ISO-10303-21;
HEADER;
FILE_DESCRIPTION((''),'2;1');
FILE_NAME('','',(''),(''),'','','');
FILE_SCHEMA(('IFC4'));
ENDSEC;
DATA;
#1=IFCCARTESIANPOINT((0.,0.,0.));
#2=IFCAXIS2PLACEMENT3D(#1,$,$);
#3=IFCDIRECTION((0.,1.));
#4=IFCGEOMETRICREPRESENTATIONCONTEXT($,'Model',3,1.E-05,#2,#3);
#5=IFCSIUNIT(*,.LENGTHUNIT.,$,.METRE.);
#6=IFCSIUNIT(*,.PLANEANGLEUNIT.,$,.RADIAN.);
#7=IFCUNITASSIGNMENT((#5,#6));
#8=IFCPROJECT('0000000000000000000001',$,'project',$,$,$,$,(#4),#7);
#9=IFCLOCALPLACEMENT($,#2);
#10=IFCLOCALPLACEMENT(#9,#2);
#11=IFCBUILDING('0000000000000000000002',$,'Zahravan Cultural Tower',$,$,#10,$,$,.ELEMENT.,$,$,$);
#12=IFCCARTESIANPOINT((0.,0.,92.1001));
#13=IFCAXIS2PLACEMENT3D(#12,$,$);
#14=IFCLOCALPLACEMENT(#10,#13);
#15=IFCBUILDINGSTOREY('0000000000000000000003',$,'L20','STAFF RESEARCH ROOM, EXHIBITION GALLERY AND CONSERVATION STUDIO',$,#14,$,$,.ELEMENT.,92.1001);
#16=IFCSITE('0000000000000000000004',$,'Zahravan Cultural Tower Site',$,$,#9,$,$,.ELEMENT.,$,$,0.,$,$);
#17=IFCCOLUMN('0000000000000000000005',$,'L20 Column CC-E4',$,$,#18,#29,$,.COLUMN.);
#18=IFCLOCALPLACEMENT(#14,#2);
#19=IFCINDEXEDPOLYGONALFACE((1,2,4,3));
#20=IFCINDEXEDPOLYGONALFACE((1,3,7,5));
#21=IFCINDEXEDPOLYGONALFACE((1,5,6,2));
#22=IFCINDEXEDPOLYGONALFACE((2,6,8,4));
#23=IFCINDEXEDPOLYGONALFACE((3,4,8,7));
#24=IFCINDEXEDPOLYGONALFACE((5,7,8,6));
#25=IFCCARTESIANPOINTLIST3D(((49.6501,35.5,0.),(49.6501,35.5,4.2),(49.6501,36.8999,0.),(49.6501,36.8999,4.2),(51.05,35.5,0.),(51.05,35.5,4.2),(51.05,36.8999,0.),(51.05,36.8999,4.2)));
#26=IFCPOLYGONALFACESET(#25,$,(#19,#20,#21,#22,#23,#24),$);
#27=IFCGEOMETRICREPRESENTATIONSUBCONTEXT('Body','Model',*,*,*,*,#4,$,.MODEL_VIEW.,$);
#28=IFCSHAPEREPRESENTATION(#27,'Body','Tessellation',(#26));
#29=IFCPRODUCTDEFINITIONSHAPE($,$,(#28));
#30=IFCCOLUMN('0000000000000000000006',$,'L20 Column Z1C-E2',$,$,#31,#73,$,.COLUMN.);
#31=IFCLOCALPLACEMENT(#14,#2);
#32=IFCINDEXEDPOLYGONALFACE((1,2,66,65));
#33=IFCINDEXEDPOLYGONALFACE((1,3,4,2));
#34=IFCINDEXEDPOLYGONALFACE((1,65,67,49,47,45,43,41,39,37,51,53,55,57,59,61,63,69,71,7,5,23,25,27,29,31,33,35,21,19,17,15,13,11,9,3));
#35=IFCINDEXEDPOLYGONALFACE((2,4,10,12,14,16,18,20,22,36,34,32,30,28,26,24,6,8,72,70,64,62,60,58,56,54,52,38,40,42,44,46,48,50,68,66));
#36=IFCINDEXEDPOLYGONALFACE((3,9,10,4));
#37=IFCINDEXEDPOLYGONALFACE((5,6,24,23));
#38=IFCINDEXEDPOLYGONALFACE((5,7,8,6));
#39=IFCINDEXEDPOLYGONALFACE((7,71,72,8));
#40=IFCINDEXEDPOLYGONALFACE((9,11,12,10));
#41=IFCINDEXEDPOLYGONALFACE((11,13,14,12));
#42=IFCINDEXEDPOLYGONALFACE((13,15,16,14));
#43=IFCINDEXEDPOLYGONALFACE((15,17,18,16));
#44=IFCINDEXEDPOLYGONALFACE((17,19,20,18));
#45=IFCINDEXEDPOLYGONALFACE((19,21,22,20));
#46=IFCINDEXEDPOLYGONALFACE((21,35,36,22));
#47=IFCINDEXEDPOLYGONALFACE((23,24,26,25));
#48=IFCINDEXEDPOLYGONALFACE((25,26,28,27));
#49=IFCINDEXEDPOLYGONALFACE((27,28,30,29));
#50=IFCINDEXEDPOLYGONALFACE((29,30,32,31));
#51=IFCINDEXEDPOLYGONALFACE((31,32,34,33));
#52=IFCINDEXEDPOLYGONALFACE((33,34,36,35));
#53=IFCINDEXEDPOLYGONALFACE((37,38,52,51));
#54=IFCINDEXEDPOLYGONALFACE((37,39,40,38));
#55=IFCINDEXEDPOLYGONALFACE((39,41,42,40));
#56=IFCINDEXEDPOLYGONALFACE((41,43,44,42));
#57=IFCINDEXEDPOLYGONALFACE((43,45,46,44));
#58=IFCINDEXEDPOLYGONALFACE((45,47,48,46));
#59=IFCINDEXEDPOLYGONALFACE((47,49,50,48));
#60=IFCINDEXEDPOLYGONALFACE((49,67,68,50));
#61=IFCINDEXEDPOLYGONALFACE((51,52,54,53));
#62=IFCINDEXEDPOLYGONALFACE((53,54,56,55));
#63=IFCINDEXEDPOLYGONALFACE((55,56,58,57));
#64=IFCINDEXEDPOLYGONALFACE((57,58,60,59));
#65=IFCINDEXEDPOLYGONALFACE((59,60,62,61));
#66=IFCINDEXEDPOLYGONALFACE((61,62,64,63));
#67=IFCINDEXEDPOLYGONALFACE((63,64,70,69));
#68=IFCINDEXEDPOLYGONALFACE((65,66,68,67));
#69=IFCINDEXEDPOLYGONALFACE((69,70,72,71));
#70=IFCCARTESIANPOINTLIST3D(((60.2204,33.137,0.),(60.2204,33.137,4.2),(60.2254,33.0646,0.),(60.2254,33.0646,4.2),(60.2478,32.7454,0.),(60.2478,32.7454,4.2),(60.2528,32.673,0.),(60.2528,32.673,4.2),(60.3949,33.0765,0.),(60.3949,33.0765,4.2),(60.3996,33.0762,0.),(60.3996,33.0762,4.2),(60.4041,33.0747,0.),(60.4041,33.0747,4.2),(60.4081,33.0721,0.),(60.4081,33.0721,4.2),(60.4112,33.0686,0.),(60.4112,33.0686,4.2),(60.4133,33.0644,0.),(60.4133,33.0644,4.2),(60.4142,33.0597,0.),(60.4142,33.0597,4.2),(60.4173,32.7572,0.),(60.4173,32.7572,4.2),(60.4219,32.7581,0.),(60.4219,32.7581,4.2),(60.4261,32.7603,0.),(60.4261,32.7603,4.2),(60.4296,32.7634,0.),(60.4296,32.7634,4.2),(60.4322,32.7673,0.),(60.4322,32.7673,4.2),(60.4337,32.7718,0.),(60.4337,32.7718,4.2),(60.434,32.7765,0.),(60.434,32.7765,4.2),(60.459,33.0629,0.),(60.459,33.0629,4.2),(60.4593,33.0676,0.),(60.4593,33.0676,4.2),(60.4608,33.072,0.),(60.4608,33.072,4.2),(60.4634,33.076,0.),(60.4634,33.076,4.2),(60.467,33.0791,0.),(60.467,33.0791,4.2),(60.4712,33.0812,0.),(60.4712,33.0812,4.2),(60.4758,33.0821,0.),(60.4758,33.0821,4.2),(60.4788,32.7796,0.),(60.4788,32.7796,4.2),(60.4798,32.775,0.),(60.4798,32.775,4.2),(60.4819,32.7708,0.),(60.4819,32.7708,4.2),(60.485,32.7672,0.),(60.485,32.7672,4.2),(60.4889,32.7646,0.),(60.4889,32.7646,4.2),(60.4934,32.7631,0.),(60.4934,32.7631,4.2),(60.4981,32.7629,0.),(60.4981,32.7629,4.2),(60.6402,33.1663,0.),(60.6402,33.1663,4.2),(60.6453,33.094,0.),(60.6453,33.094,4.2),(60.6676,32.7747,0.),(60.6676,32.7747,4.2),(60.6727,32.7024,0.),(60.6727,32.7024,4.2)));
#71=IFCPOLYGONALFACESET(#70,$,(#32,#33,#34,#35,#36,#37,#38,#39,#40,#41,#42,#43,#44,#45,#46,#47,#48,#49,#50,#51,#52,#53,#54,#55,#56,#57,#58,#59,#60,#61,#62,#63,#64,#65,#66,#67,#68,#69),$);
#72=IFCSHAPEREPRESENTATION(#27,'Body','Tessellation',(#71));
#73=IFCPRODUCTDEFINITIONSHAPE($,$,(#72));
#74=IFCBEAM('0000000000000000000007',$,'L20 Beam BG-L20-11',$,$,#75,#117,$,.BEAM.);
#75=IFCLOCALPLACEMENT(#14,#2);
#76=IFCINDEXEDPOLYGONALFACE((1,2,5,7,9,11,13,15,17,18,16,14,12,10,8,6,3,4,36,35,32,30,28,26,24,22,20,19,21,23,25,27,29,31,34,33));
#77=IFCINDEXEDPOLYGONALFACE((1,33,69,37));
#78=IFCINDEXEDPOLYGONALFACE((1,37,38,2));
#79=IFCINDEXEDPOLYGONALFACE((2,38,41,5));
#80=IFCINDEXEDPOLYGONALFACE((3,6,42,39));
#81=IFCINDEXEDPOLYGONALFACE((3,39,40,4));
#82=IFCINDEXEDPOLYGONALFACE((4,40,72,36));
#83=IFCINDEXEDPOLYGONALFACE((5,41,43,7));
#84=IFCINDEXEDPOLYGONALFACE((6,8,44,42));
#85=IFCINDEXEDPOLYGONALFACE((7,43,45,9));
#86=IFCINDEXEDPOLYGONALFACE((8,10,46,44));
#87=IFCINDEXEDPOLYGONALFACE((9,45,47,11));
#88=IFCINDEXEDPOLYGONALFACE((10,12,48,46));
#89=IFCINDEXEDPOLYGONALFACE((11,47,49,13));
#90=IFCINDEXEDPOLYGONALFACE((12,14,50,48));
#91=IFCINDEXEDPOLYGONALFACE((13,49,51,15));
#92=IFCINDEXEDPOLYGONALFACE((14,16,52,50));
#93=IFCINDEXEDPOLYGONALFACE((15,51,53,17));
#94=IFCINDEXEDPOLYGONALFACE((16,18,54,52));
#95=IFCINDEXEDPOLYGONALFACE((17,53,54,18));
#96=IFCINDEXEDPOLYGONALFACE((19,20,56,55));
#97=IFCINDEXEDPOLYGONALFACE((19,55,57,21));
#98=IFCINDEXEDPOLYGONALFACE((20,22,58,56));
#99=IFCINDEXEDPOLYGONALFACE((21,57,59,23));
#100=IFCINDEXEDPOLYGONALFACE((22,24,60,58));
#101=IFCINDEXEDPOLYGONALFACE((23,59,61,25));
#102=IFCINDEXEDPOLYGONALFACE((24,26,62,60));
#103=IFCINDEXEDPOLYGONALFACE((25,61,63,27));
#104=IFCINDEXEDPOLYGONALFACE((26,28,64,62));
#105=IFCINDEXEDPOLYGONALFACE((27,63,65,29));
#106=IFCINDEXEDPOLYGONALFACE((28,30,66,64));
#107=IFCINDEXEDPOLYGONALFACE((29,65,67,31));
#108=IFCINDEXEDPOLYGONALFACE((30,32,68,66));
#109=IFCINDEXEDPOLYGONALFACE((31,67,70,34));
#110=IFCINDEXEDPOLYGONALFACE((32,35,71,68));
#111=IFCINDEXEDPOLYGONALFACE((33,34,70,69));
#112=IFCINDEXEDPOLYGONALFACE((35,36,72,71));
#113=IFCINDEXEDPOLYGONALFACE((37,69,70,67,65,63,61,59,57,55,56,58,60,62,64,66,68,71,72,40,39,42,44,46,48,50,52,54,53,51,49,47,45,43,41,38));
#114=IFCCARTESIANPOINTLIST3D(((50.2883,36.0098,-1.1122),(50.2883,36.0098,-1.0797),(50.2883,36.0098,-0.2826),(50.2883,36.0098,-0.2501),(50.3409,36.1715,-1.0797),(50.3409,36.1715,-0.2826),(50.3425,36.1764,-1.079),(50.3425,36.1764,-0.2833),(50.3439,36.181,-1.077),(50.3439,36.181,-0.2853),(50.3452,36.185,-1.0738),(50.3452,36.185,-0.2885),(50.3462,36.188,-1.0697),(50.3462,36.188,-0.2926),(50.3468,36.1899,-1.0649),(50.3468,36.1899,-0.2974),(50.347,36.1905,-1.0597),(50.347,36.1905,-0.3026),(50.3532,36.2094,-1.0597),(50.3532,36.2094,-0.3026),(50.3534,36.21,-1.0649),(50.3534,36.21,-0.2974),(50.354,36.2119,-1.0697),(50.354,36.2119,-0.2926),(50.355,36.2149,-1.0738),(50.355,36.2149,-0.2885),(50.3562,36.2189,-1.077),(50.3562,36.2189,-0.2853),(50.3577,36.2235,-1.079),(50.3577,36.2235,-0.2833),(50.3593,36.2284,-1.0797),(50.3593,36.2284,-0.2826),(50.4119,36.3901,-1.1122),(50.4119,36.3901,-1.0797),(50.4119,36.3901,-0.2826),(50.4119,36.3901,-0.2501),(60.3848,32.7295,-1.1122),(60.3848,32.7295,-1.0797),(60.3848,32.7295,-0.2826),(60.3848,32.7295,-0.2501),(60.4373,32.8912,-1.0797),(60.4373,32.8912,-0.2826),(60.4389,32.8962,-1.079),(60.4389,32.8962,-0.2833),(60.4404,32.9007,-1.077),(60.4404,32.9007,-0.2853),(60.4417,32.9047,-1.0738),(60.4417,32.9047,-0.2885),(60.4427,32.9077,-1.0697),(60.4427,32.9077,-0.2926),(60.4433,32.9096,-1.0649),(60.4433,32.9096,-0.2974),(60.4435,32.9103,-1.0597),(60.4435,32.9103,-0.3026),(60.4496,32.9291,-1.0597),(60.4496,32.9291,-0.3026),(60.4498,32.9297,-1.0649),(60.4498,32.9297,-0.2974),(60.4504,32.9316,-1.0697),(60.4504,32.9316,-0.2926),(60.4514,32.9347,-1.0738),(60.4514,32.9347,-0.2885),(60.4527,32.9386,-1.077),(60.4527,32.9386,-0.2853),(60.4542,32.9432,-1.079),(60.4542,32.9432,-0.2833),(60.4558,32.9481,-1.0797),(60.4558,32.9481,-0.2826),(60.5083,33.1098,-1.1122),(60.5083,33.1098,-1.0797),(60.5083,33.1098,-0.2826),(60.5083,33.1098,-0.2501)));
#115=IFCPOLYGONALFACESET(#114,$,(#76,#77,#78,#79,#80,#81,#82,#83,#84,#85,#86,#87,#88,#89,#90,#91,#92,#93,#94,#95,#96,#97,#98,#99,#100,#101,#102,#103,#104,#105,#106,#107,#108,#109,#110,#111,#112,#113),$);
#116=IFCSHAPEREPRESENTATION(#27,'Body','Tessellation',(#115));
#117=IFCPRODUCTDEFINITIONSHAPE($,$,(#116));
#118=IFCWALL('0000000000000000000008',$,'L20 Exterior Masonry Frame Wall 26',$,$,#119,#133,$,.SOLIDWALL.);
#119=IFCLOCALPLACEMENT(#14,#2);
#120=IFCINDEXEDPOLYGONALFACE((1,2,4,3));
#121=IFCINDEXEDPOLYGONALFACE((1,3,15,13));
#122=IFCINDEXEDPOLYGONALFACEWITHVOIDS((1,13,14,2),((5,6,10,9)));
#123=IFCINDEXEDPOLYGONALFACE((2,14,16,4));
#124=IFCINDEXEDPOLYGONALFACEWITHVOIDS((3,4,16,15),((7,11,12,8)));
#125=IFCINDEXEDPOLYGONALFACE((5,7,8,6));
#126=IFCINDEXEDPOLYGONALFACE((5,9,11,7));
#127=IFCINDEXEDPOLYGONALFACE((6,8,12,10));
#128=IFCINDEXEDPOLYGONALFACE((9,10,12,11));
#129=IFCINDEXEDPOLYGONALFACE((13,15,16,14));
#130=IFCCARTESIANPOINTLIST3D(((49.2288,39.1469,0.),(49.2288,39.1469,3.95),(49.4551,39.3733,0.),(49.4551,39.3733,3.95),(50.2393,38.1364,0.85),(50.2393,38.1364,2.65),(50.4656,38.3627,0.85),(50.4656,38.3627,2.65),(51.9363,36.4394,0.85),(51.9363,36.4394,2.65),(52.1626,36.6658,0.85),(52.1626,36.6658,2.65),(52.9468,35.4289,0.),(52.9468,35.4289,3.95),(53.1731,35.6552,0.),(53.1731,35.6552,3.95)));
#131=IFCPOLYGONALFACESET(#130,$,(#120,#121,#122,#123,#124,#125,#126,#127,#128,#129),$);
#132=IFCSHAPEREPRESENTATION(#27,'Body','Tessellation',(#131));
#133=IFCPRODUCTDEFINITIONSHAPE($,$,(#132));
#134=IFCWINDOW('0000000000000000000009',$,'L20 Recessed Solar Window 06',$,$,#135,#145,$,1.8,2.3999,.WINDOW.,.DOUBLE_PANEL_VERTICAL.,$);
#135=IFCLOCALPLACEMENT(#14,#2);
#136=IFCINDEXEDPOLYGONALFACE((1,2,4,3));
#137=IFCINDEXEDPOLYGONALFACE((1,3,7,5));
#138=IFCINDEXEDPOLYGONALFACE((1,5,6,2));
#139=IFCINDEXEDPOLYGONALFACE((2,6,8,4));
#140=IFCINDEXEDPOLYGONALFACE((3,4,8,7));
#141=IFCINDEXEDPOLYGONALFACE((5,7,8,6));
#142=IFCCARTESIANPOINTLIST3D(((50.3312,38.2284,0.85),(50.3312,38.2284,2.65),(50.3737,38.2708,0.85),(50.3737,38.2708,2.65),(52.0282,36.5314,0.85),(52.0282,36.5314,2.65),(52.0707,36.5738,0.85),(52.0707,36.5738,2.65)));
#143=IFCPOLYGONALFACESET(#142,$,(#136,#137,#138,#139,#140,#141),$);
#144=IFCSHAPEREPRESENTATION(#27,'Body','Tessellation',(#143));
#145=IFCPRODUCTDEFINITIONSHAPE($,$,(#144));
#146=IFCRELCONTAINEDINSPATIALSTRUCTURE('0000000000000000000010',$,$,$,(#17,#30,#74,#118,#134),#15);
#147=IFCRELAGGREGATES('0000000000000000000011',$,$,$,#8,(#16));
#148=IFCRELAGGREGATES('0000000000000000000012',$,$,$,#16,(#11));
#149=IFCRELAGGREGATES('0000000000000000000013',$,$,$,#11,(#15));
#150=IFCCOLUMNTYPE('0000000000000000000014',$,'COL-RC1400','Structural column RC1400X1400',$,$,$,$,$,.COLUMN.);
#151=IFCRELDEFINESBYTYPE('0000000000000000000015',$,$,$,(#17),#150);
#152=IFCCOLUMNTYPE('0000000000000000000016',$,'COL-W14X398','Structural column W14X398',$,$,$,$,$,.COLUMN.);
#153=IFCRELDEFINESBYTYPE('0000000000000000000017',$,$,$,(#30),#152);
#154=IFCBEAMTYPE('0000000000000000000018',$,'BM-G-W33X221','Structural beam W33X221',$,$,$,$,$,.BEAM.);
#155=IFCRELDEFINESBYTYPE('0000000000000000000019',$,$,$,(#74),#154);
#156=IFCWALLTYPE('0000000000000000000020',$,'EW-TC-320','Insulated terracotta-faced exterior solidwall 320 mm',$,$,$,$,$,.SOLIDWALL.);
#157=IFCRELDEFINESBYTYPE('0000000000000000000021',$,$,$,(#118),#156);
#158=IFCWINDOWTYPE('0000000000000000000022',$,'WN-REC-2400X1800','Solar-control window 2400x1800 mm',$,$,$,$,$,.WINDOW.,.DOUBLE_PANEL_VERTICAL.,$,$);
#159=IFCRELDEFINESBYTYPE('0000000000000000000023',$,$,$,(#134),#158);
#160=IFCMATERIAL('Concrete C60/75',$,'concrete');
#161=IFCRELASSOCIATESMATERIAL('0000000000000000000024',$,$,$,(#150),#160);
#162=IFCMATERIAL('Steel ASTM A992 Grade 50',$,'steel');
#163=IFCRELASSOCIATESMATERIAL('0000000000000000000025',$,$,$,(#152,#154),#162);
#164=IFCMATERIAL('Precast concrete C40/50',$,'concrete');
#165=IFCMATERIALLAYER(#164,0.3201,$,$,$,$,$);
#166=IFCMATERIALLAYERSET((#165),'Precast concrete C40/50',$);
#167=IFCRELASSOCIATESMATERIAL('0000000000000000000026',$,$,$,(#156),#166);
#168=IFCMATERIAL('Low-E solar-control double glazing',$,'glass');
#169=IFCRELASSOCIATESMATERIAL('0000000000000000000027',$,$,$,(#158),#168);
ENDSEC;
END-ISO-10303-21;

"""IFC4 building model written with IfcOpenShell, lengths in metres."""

from ifc_helpers import new_model, si_unit, direction, frame, frame_2d, origin, origin_2d, place, context, subcontext, project, spatial, rectangle, i_section, extrude, source, transform, mapped, material, layer, layer_set, material_profile, profile_set, type_object, element, fill, save


model = new_model("IFC4")

# Units and contexts
model_context = context("Model", 3, precision=1e-05, world=origin(), true_north=direction((0.0, 1.0)))
body_context = subcontext(model_context, "Body", "Model", "MODEL_VIEW")
ifc_project = project(units=[si_unit("LENGTHUNIT", "METRE"), si_unit("PLANEANGLEUNIT", "RADIAN")], contexts=[model_context])

# Site, building, storey
site_placement = place(None, origin())
site = spatial("IfcSite", under=ifc_project, at=site_placement, Name="Zahravan Cultural Tower Site", CompositionType="ELEMENT", RefElevation=0.0)
building_placement = place(site_placement, origin())
building = spatial("IfcBuilding", under=site, at=building_placement, Name="Zahravan Cultural Tower", CompositionType="ELEMENT")
storey_placement = place(building_placement, frame((0.0, 0.0, 92.1001)))
storey = spatial("IfcBuildingStorey", under=building, at=storey_placement, Name="L20", Description="STAFF RESEARCH ROOM, EXHIBITION GALLERY AND CONSERVATION STUDIO", CompositionType="ELEMENT", Elevation=92.1001)

# Columns
ifc_material_1 = material(Name="Concrete C60/75", Category="concrete")
ifc_material_profile_1 = material_profile(ifc_material_1, rectangle(XDim=1.3999, YDim=1.3999, at=origin_2d()), Name="RC1400X1400")
ifc_profile_set_1 = profile_set([ifc_material_profile_1], Name="Concrete C60/75")
column_type_1 = type_object("IfcColumnType", Name="COL-RC1400", Description="Structural column RC1400X1400", PredefinedType="COLUMN", material=ifc_profile_set_1)
shared_shape_1 = source(origin(), body_context, "Body", "SweptSolid", [
    extrude(rectangle(XDim=1.3999, YDim=1.3999, at=origin_2d()), origin(), (0.0, 0.0, 1.0), 4.2),
])
column_1_placement = place(storey_placement, frame((50.3501, 36.2, 0.0), z_axis=(0.0, 0.0, 1.0), x_axis=(1.0, 0.0, 0.0)))
element("IfcColumn", 1, at=column_1_placement, inside=storey, type_object=column_type_1, Name="L20 Column CC-E4", PredefinedType="COLUMN", context=body_context, shape_type="MappedRepresentation", body=[
    mapped(shared_shape_1, transform((0.0, 0.0, 0.0), x_axis=(1.0, 0.0, 0.0), y_axis=(0.0, 1.0, 0.0), z_axis=(0.0, 0.0, 1.0), scale=1.0)),
])
ifc_material_2 = material(Name="Steel ASTM A992 Grade 50", Category="steel")
ifc_material_profile_2 = material_profile(ifc_material_2, i_section(OverallWidth=0.4209, OverallDepth=0.4651, WebThickness=0.0449, FlangeThickness=0.0725, FilletRadius=0.0181, at=origin_2d()), Name="W14X398")
ifc_profile_set_2 = profile_set([ifc_material_profile_2], Name="Steel ASTM A992 Grade 50")
column_type_2 = type_object("IfcColumnType", Name="COL-W14X398", Description="Structural column W14X398", PredefinedType="COLUMN", material=ifc_profile_set_2)
shared_shape_2 = source(origin(), body_context, "Body", "SweptSolid", [
    extrude(i_section(OverallWidth=0.4209, OverallDepth=0.4651, WebThickness=0.0449, FlangeThickness=0.0725, FilletRadius=0.0181, at=origin_2d()), origin(), (0.0, 0.0, 1.0), 4.2),
])
column_2_placement = place(storey_placement, frame((60.4465, 32.9197, 0.0), z_axis=(0.0, 0.0, 1.0), x_axis=(0.997564, 0.069756, 0.0)))
element("IfcColumn", 2, at=column_2_placement, inside=storey, type_object=column_type_2, Name="L20 Column Z1C-E2", PredefinedType="COLUMN", context=body_context, shape_type="MappedRepresentation", body=[
    mapped(shared_shape_2, transform((0.0, 0.0, 0.0), x_axis=(1.0, 0.0, 0.0), y_axis=(0.0, 1.0, 0.0), z_axis=(0.0, 0.0, 1.0), scale=1.0)),
])

# Beam
ifc_material_profile_3 = material_profile(ifc_material_2, i_section(OverallWidth=0.3999, OverallDepth=0.8621, WebThickness=0.0198, FlangeThickness=0.0325, FilletRadius=0.02, at=origin_2d()), Name="W33X221")
ifc_profile_set_3 = profile_set([ifc_material_profile_3], Name="Steel ASTM A992 Grade 50")
beam_type = type_object("IfcBeamType", Name="BM-G-W33X221", Description="Structural beam W33X221", PredefinedType="BEAM", material=ifc_profile_set_3)
shared_shape_3 = source(origin(), body_context, "Body", "SweptSolid", [
    extrude(i_section(OverallWidth=0.3999, OverallDepth=0.8621, WebThickness=0.0198, FlangeThickness=0.0325, FilletRadius=0.02, at=origin_2d()), origin(), (0.0, 0.0, 1.0), 10.616),
])
beam_placement = place(storey_placement, frame((50.3501, 36.2, -0.6812), z_axis=(0.951064, -0.308995, 0.0), x_axis=(0.308995, 0.951064, 0.0)))
element("IfcBeam", 3, at=beam_placement, inside=storey, type_object=beam_type, Name="L20 Beam BG-L20-11", PredefinedType="BEAM", context=body_context, shape_type="MappedRepresentation", body=[
    mapped(shared_shape_3, transform((0.0, 0.0, 0.0), x_axis=(1.0, 0.0, 0.0), y_axis=(0.0, 1.0, 0.0), z_axis=(0.0, 0.0, 1.0), scale=1.0)),
])

# Wall, opening, window
ifc_material_3 = material(Name="Precast concrete C40/50", Category="concrete")
ifc_layer_1 = layer(ifc_material_3, 0.3201)
ifc_layer_set_1 = layer_set([ifc_layer_1], Name="Precast concrete C40/50")
wall_type_1 = type_object("IfcWallType", Name="EW-TC-320", Description="Insulated terracotta-faced exterior solidwall 320 mm", PredefinedType="SOLIDWALL", material=ifc_layer_set_1)
wall_1_placement = place(storey_placement, frame((49.342, 39.26, 0.0), z_axis=(0.0, 0.0, 1.0), x_axis=(0.707107, -0.707107, 0.0)))
wall_1 = element("IfcWall", 4, at=wall_1_placement, inside=storey, type_object=wall_type_1, Name="L20 Exterior Masonry Frame Wall 26", PredefinedType="SOLIDWALL", context=body_context, shape_type="SweptSolid", body=[
    extrude(rectangle(XDim=5.2581, YDim=0.3201, at=frame_2d((2.6289, 0.0))), origin(), (0.0, 0.0, 1.0), 3.95),
])
opening_1_placement = place(wall_1_placement, frame((1.429, 0.0, 0.8501)))
opening_1 = element("IfcOpeningElement", 5, at=opening_1_placement, cuts=wall_1, PredefinedType="OPENING", context=body_context, shape_type="SweptSolid", body=[
    extrude(rectangle(XDim=2.3999, YDim=1.8, at=frame_2d((1.2, 0.8999))), frame((0.0, 0.1699, 0.0), z_axis=(0.0, -1.0, 0.0), x_axis=(1.0, 0.0, 0.0)), (0.0, 0.0, 1.0), 0.3401),
])
ifc_material_4 = material(Name="Low-E solar-control double glazing", Category="glass")
window_type = type_object("IfcWindowType", Name="WN-REC-2400X1800", Description="Solar-control window 2400x1800 mm", PartitioningType="DOUBLE_PANEL_VERTICAL", PredefinedType="WINDOW", material=ifc_material_4)
shared_shape_4 = source(origin(), body_context, "Body", "SweptSolid", [
    extrude(rectangle(XDim=2.3999, YDim=1.8, at=frame_2d((1.2, 0.8999))), frame((0.0, 0.03, 0.0), z_axis=(0.0, -1.0, 0.0), x_axis=(1.0, 0.0, 0.0)), (0.0, 0.0, 1.0), 0.0601),
])
window_1_placement = place(opening_1_placement, origin())
window_1 = element("IfcWindow", 6, at=window_1_placement, inside=storey, type_object=window_type, Name="L20 Recessed Solar Window 06", OverallHeight=1.8, OverallWidth=2.3999, PartitioningType="DOUBLE_PANEL_VERTICAL", PredefinedType="WINDOW", context=body_context, shape_type="MappedRepresentation", body=[
    mapped(shared_shape_4, transform((0.0, 0.0, 0.0), x_axis=(1.0, 0.0, 0.0), y_axis=(0.0, 1.0, 0.0), z_axis=(0.0, 0.0, 1.0), scale=1.0)),
])
fill(opening_1, window_1)

save(model, "model.ifc")
